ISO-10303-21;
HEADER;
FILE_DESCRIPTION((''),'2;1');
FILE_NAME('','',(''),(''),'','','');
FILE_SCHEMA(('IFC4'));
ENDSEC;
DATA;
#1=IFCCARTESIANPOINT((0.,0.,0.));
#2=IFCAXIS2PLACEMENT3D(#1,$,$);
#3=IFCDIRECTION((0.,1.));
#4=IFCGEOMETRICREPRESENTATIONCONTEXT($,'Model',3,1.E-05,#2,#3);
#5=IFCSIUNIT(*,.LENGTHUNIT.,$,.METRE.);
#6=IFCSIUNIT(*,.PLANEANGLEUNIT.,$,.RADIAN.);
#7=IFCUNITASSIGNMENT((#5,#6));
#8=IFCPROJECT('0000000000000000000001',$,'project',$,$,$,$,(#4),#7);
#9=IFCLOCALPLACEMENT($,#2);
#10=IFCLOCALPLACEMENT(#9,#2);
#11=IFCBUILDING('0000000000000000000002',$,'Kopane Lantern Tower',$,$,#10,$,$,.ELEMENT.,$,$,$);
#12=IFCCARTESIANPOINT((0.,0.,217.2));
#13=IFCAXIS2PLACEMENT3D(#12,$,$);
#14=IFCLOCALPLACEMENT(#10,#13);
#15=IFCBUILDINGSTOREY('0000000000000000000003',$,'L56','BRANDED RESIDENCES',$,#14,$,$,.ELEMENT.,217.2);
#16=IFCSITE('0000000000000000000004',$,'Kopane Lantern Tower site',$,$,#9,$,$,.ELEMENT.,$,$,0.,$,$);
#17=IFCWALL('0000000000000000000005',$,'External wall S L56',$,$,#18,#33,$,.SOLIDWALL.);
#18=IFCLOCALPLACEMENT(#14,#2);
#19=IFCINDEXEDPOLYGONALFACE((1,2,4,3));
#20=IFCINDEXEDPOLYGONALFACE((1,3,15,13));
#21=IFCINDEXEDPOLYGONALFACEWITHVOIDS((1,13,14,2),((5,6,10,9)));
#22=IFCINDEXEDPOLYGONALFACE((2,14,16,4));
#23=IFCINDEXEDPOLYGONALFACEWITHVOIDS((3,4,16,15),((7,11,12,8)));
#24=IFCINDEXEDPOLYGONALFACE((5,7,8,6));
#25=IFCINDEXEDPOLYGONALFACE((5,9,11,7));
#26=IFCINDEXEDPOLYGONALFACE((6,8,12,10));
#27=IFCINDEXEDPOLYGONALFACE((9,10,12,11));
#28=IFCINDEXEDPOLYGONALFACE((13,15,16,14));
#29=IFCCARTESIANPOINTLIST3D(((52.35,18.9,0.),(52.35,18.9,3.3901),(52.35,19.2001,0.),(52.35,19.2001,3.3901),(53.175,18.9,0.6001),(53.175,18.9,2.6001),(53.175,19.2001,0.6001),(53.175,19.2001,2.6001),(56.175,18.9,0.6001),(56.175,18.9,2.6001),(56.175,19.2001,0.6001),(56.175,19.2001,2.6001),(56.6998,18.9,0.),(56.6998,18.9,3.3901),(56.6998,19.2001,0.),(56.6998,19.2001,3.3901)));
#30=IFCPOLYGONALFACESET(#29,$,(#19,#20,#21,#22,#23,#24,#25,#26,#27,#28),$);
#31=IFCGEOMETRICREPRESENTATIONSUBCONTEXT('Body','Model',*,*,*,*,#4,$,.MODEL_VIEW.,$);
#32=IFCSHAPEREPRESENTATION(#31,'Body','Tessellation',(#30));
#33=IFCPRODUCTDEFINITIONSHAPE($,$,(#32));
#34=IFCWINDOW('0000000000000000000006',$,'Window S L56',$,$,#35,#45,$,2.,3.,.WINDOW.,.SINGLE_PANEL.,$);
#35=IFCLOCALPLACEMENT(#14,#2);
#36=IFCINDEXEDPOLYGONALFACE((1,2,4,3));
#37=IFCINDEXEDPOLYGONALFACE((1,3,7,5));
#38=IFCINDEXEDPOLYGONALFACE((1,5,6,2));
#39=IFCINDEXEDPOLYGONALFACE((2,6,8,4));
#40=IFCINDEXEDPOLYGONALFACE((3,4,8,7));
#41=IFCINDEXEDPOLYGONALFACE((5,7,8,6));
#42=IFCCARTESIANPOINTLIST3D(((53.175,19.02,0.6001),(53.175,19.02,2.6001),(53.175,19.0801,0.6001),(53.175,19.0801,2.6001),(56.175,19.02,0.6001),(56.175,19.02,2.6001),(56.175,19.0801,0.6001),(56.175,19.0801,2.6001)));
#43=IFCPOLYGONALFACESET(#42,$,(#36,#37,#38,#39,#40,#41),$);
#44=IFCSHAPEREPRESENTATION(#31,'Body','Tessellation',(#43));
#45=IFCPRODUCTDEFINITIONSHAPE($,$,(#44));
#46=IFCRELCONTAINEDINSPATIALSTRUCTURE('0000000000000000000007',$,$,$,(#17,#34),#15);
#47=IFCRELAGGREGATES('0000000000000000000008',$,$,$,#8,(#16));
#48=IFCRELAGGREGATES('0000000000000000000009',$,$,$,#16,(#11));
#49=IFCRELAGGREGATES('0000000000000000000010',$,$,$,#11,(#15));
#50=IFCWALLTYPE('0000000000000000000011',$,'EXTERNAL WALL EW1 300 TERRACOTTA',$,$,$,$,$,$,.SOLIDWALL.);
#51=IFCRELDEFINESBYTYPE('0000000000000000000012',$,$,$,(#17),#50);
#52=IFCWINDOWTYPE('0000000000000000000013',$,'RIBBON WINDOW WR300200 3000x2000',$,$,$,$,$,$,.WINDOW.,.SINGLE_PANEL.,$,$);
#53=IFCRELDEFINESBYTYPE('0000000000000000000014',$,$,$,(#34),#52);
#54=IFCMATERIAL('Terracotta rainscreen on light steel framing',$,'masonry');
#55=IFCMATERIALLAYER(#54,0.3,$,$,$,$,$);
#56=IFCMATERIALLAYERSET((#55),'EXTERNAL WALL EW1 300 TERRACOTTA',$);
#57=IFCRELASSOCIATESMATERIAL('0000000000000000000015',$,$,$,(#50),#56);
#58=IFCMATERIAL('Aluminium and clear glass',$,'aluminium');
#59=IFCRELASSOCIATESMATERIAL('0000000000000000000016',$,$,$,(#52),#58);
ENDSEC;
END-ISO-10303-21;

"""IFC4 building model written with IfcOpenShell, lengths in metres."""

from ifc_helpers import new_model, si_unit, direction, frame, frame_2d, origin, place, context, subcontext, project, spatial, rectangle, extrude, material, layer, layer_set, type_object, element, fill, save


model = new_model("IFC4")

# Units and contexts
model_context = context("Model", 3, precision=1e-05, world=origin(), true_north=direction((0.0, 1.0)))
body_context = subcontext(model_context, "Body", "Model", "MODEL_VIEW")
ifc_project = project(units=[si_unit("LENGTHUNIT", "METRE"), si_unit("PLANEANGLEUNIT", "RADIAN")], contexts=[model_context])

# Site, building, storey
site_placement = place(None, origin())
site = spatial("IfcSite", under=ifc_project, at=site_placement, Name="Kopane Lantern Tower site", CompositionType="ELEMENT", RefElevation=0.0)
building_placement = place(site_placement, origin())
building = spatial("IfcBuilding", under=site, at=building_placement, Name="Kopane Lantern Tower", CompositionType="ELEMENT")
storey_placement = place(building_placement, frame((0.0, 0.0, 217.2)))
storey = spatial("IfcBuildingStorey", under=building, at=storey_placement, Name="L56", Description="BRANDED RESIDENCES", CompositionType="ELEMENT", Elevation=217.2)

# Wall, opening, window
ifc_material_1 = material(Name="Terracotta rainscreen on light steel framing", Category="masonry")
ifc_layer_1 = layer(ifc_material_1, 0.3)
ifc_layer_set_1 = layer_set([ifc_layer_1], Name="EXTERNAL WALL EW1 300 TERRACOTTA")
wall_type_1 = type_object("IfcWallType", Name="EXTERNAL WALL EW1 300 TERRACOTTA", PredefinedType="SOLIDWALL", material=ifc_layer_set_1)
wall_1_placement = place(storey_placement, frame((52.3501, 19.05, 0.0), z_axis=(0.0, 0.0, 1.0), x_axis=(1.0, 0.0, 0.0)))
wall_1 = element("IfcWall", 1, at=wall_1_placement, inside=storey, type_object=wall_type_1, Name="External wall S L56", PredefinedType="SOLIDWALL", context=body_context, shape_type="SweptSolid", body=[
    extrude(rectangle(XDim=4.3499, YDim=0.3, at=frame_2d((2.1748, 0.0))), origin(), (0.0, 0.0, 1.0), 3.3901),
])
opening_1_placement = place(wall_1_placement, frame((0.825, 0.0, 0.6001)))
opening_1 = element("IfcOpeningElement", 2, at=opening_1_placement, cuts=wall_1, PredefinedType="OPENING", context=body_context, shape_type="SweptSolid", body=[
    extrude(rectangle(XDim=3.0, YDim=2.0, at=frame_2d((1.5, 1.0))), frame((0.0, 0.1599, 0.0), z_axis=(0.0, -1.0, 0.0), x_axis=(1.0, 0.0, 0.0)), (0.0, 0.0, 1.0), 0.3201),
])
ifc_material_2 = material(Name="Aluminium and clear glass", Category="aluminium")
window_type_1 = type_object("IfcWindowType", Name="RIBBON WINDOW WR300200 3000x2000", PartitioningType="SINGLE_PANEL", PredefinedType="WINDOW", material=ifc_material_2)
window_1_placement = place(opening_1_placement, origin())
window_1 = element("IfcWindow", 3, at=window_1_placement, inside=storey, type_object=window_type_1, Name="Window S L56", OverallHeight=2.0, OverallWidth=3.0, PartitioningType="SINGLE_PANEL", PredefinedType="WINDOW", context=body_context, shape_type="SweptSolid", body=[
    extrude(rectangle(XDim=3.0, YDim=2.0, at=frame_2d((1.5, 1.0))), frame((0.0, 0.03, 0.0), z_axis=(0.0, -1.0, 0.0), x_axis=(1.0, 0.0, 0.0)), (0.0, 0.0, 1.0), 0.0601),
])
fill(opening_1, window_1)

save(model, "model.ifc")
